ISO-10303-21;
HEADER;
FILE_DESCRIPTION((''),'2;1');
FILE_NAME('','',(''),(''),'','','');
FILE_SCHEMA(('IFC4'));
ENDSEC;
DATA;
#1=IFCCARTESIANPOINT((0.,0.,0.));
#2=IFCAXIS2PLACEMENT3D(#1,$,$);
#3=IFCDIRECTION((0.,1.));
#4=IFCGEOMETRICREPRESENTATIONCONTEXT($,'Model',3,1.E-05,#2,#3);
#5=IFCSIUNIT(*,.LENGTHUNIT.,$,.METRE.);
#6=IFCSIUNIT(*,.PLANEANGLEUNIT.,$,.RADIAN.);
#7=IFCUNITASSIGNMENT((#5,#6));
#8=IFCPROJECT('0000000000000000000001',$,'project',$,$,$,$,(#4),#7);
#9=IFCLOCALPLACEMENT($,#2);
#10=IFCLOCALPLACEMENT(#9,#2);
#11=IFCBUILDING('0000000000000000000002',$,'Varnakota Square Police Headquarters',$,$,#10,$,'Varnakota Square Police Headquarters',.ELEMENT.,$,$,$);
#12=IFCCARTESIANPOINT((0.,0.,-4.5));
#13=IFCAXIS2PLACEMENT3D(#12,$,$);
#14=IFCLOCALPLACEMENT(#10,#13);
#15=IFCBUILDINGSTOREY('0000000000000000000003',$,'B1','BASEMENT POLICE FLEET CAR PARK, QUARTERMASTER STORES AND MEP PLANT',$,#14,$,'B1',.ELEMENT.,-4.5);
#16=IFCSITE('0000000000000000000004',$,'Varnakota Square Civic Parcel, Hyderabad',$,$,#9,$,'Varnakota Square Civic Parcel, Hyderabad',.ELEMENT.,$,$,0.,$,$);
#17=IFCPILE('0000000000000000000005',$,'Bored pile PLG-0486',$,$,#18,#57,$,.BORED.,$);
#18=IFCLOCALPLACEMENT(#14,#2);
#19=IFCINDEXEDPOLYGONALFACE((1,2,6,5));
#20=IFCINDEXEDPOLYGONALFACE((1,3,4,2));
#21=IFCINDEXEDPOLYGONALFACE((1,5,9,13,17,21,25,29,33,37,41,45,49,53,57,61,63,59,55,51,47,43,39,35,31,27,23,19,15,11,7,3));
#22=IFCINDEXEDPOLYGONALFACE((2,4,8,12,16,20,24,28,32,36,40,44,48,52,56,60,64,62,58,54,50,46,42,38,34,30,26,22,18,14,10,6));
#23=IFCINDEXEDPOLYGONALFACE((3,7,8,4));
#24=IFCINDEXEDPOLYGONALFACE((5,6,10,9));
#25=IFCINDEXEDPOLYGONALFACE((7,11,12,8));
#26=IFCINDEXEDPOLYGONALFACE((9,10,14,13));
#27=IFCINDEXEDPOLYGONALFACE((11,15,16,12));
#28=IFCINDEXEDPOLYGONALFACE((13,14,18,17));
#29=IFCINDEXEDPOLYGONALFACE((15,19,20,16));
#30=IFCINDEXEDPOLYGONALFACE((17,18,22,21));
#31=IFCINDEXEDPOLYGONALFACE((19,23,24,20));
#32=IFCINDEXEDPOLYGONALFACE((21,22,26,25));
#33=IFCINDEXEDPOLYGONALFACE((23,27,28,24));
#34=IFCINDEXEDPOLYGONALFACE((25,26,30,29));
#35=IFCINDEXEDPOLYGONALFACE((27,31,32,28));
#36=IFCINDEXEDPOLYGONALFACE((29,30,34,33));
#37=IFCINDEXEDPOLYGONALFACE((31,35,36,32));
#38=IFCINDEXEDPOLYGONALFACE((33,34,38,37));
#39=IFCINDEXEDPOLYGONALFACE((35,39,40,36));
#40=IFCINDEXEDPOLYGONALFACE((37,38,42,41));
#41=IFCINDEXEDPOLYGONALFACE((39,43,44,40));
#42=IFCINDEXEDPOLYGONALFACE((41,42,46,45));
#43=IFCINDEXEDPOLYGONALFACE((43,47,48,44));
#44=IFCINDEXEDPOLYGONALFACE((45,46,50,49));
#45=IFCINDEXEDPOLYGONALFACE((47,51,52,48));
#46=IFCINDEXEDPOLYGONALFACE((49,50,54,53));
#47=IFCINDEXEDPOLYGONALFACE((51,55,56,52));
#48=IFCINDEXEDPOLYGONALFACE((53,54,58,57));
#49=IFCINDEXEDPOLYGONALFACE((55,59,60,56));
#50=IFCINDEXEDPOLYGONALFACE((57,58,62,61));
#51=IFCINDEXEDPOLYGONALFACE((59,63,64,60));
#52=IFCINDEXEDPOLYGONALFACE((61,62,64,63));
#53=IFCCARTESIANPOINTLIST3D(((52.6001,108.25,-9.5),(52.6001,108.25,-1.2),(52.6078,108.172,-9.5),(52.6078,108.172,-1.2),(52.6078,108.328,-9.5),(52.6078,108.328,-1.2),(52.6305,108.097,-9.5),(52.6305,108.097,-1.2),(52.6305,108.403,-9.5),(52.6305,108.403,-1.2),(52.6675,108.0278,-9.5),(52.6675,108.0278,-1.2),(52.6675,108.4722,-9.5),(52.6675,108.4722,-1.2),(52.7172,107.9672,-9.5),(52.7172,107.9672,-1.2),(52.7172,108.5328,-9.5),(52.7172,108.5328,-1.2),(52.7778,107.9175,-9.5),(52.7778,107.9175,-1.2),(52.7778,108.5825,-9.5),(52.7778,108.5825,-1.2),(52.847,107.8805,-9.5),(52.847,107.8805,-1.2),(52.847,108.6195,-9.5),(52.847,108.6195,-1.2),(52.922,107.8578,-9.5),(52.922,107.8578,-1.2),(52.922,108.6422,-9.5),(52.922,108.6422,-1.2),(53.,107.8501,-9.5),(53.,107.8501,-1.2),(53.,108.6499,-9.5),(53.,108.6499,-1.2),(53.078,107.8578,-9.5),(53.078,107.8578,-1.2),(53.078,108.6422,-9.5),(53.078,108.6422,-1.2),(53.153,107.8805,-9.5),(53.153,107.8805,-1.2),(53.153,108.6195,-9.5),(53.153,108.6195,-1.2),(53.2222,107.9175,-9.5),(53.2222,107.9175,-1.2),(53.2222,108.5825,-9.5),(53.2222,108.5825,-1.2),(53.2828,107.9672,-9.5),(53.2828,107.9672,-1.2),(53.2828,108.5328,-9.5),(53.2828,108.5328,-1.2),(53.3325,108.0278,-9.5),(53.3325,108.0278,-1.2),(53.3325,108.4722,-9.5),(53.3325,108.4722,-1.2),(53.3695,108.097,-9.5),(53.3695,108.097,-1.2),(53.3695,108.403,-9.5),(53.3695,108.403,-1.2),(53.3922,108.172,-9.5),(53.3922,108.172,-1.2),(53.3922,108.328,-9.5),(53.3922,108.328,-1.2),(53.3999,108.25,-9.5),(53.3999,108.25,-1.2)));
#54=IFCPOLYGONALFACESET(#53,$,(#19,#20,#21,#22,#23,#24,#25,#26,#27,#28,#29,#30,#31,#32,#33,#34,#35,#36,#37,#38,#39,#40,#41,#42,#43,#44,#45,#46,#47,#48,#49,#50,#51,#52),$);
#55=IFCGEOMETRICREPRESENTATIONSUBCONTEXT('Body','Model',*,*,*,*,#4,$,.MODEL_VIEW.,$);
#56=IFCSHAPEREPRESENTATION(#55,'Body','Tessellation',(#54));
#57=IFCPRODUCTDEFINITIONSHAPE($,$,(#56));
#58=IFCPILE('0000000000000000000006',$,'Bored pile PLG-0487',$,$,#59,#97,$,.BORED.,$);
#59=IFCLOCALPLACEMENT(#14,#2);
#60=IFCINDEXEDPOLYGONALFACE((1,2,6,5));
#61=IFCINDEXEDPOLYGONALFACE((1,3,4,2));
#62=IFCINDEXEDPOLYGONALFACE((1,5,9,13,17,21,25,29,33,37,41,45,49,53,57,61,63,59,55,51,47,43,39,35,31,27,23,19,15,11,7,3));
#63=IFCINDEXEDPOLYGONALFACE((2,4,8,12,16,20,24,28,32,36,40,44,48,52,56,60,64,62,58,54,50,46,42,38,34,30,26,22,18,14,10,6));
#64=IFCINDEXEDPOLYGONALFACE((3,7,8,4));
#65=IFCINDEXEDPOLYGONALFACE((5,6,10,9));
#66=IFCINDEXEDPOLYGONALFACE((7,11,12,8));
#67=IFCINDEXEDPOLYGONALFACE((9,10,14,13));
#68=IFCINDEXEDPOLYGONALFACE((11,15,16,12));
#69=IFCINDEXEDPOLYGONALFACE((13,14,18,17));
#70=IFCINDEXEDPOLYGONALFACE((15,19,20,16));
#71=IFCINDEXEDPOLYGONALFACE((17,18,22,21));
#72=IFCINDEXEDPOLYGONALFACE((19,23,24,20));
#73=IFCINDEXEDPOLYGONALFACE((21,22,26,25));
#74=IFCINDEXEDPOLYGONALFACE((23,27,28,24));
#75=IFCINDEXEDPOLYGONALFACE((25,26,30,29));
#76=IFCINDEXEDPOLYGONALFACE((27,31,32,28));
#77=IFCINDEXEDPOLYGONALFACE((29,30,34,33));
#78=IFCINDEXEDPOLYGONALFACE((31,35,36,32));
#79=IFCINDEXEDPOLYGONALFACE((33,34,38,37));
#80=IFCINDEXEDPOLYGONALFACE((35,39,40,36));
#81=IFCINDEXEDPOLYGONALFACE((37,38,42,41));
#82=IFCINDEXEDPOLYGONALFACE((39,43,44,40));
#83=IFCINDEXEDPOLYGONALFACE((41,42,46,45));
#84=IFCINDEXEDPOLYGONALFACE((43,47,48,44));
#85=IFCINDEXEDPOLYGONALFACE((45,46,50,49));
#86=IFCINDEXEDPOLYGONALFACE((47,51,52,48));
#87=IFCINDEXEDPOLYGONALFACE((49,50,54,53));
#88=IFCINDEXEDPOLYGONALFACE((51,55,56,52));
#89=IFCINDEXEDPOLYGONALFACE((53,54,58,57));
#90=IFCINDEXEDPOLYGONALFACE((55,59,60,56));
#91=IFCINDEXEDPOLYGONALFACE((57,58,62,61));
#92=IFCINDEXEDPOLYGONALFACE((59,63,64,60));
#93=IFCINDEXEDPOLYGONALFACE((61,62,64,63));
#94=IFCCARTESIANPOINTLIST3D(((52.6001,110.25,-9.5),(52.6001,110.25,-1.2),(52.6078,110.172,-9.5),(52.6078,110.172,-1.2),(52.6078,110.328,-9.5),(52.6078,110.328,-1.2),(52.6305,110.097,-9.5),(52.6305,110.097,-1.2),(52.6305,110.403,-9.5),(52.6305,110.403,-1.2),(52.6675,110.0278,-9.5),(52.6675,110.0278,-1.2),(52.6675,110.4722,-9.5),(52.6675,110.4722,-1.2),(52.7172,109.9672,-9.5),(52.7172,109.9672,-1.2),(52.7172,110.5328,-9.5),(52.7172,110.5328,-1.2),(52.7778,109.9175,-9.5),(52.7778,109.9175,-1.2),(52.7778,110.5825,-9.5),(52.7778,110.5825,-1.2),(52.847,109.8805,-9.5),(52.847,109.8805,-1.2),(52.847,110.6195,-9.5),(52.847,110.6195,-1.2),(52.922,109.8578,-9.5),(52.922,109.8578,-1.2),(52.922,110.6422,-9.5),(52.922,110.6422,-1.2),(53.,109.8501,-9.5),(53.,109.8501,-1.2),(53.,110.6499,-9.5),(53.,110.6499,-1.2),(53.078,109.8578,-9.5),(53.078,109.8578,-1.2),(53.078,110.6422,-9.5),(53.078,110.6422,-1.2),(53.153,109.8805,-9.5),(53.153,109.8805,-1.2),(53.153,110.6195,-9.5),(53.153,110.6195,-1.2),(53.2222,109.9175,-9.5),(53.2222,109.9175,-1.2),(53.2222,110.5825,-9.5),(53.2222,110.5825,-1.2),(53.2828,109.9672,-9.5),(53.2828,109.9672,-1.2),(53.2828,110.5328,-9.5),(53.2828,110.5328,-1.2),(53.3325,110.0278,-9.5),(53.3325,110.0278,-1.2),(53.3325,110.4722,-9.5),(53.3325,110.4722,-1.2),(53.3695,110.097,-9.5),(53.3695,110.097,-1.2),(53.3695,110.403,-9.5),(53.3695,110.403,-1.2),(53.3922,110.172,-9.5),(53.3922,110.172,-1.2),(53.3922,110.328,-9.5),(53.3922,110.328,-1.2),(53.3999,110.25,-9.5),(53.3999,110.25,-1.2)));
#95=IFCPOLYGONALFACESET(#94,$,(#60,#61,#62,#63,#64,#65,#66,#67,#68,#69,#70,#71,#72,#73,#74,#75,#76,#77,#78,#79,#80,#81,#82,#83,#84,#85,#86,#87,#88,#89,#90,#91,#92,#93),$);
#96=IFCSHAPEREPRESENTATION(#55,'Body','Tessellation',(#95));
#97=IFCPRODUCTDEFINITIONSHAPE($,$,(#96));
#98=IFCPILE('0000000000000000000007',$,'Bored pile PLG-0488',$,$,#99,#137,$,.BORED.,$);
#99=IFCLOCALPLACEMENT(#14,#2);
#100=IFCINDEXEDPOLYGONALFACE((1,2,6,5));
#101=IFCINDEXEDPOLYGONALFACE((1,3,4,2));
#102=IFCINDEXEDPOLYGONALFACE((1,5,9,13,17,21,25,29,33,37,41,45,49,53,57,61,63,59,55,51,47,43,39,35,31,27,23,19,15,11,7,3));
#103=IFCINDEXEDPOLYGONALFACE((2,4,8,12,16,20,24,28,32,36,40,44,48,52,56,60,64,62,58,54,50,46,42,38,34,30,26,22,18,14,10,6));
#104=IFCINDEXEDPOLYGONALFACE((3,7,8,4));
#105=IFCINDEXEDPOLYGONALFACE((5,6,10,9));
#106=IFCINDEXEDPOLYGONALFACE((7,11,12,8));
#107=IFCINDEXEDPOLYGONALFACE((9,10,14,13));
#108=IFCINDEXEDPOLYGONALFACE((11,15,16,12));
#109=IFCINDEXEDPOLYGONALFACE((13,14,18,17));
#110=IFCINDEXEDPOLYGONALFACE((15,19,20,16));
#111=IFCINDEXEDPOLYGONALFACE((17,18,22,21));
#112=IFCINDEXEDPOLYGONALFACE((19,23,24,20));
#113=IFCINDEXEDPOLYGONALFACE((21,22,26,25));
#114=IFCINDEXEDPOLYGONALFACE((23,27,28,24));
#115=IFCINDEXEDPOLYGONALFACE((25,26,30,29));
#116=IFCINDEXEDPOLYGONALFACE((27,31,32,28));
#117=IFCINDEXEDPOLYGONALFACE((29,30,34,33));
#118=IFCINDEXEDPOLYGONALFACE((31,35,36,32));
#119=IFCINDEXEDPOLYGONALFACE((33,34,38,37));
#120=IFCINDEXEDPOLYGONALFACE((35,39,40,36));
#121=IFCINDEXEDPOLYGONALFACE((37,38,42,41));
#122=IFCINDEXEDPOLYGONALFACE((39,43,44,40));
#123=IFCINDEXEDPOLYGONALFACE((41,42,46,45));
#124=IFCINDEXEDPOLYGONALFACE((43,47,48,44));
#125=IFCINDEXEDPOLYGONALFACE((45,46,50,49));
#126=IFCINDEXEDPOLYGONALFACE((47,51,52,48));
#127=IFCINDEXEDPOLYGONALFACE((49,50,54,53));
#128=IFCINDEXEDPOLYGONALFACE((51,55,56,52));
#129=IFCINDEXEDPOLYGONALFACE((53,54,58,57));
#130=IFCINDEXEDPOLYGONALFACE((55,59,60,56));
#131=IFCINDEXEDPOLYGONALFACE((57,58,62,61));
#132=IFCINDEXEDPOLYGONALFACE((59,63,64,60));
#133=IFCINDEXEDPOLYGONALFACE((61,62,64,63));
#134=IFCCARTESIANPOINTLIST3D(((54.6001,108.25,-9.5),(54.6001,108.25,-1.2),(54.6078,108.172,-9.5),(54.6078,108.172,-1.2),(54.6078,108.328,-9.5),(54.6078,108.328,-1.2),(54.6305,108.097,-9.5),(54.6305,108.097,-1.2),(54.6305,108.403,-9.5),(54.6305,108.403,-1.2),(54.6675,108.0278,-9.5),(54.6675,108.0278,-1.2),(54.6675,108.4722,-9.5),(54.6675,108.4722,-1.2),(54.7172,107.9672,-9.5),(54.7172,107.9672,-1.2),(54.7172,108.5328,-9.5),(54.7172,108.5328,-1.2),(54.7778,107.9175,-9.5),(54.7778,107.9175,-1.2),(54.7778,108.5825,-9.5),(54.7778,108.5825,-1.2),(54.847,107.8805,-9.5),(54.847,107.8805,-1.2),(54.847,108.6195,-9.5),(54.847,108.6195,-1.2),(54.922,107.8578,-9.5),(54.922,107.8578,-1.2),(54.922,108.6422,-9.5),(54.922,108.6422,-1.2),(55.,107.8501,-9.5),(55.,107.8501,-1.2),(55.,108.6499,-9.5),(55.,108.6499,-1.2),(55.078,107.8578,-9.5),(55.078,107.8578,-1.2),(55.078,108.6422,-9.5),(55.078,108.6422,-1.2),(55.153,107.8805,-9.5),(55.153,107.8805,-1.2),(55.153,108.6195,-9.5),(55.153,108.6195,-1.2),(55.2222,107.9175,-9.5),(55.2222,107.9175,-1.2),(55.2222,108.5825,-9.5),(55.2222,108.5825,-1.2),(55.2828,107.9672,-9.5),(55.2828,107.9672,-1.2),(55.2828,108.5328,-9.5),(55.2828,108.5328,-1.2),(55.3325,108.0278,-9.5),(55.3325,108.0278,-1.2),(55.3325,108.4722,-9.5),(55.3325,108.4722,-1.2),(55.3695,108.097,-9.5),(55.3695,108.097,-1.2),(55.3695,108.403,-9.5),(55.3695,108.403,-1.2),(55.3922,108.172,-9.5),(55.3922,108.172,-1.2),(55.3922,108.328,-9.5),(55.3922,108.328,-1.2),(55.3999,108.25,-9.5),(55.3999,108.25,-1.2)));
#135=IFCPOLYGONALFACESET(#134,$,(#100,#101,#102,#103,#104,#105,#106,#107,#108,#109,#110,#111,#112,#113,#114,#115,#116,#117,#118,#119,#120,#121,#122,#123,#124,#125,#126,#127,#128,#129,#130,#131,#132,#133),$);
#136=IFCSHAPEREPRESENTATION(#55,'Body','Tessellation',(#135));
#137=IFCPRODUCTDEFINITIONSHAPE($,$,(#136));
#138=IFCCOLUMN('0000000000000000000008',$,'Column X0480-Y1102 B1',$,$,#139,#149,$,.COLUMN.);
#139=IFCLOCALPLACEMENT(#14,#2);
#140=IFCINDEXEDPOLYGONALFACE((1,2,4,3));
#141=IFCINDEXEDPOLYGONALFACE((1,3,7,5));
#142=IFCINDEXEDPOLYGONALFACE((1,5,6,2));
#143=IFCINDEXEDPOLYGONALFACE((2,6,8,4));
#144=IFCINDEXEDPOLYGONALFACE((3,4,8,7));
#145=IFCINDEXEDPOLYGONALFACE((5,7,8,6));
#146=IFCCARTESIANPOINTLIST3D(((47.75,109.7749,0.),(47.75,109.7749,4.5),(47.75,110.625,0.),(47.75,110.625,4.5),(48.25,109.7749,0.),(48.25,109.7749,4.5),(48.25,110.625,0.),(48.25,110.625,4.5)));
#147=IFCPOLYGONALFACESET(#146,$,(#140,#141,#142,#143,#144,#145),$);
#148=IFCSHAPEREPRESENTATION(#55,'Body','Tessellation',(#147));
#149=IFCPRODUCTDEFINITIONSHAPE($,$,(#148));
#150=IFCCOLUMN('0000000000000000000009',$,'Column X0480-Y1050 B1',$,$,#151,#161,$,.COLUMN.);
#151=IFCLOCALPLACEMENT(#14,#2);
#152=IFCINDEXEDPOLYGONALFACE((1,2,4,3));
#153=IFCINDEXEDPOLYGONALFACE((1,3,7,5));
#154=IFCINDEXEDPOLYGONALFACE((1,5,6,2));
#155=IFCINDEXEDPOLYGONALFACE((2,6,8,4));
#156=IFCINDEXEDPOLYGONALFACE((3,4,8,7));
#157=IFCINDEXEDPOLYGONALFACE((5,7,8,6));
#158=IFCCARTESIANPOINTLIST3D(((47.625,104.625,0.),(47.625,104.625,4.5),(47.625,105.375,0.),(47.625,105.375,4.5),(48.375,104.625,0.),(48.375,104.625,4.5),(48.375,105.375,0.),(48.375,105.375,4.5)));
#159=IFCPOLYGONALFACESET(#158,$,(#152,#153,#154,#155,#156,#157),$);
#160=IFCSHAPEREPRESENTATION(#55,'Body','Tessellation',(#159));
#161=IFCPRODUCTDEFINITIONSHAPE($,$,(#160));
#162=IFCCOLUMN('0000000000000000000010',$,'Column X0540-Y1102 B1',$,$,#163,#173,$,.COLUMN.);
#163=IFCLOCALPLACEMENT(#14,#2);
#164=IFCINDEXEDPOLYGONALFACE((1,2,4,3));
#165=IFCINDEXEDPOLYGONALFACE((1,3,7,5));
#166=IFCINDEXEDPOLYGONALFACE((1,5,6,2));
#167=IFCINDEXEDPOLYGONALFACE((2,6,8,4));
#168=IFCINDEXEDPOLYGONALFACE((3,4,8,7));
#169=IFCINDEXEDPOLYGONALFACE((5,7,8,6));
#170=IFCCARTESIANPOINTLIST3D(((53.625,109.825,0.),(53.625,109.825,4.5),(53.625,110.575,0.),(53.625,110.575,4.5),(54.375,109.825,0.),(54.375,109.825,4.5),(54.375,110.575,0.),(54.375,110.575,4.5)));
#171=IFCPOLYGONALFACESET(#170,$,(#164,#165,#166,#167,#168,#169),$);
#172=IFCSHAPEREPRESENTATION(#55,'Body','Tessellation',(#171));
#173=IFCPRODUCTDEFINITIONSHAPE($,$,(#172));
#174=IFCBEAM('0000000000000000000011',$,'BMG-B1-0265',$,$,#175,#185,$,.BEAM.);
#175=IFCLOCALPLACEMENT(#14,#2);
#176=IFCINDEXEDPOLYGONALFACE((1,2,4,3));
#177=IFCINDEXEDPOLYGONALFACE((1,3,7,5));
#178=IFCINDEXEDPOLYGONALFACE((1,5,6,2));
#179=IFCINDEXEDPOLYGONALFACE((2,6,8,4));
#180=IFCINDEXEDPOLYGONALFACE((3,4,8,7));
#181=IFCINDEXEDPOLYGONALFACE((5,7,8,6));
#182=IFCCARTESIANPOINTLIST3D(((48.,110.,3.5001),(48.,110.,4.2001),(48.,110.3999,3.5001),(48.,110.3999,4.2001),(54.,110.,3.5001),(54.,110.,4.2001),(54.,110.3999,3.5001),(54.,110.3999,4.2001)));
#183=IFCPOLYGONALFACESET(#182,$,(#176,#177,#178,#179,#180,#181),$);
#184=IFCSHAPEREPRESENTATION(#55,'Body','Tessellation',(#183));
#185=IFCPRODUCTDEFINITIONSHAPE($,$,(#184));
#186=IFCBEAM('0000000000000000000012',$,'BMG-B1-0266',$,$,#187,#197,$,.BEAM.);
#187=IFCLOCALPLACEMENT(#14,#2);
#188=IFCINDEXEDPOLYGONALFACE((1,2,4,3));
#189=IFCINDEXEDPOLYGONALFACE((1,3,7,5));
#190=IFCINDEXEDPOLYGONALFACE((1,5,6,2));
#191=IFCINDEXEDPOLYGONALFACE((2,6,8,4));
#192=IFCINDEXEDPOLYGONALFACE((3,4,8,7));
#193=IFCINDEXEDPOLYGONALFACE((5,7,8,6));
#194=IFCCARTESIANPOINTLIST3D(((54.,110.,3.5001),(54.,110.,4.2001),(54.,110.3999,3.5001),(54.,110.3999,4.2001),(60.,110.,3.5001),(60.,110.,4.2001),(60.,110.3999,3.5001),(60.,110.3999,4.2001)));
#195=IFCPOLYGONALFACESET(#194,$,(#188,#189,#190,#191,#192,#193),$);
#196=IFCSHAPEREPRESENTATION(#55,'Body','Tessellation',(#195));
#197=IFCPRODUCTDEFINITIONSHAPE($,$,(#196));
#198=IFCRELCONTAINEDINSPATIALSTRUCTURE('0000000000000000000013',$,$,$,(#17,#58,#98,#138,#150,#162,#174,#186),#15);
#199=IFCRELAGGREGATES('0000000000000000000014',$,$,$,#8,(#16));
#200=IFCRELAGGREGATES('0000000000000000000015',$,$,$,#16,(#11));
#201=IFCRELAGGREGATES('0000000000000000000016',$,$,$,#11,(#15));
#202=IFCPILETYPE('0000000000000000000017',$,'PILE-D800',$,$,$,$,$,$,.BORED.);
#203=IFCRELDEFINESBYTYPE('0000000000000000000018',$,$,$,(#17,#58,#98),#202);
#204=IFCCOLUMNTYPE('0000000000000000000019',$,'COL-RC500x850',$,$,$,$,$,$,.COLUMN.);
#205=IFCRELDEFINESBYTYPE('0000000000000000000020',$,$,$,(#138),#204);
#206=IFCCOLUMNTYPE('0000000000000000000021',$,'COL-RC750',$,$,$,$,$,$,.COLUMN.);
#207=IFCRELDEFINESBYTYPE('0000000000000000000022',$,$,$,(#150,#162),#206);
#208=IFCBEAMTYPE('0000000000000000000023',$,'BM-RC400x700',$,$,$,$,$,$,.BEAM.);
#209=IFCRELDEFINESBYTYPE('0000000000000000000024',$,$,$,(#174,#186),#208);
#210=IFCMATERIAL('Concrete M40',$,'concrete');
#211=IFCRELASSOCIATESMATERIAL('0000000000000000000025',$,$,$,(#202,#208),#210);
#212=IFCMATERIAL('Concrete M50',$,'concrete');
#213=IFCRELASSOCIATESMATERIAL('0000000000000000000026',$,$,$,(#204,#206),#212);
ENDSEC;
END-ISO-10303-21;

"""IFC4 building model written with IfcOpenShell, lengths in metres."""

from ifc_helpers import new_model, si_unit, direction, frame, origin, origin_2d, place, context, subcontext, project, spatial, rectangle, circle, extrude, material, material_profile, profile_set, type_object, element, save


model = new_model("IFC4")

# Units and contexts
model_context = context("Model", 3, precision=1e-05, world=origin(), true_north=direction((0.0, 1.0)))
body_context = subcontext(model_context, "Body", "Model", "MODEL_VIEW")
ifc_project = project(units=[si_unit("LENGTHUNIT", "METRE"), si_unit("PLANEANGLEUNIT", "RADIAN")], contexts=[model_context])

# Site, building, storey
site_placement = place(None, origin())
site = spatial("IfcSite", under=ifc_project, at=site_placement, Name="Varnakota Square Civic Parcel, Hyderabad", LongName="Varnakota Square Civic Parcel, Hyderabad", CompositionType="ELEMENT", RefElevation=0.0)
building_placement = place(site_placement, origin())
building = spatial("IfcBuilding", under=site, at=building_placement, Name="Varnakota Square Police Headquarters", LongName="Varnakota Square Police Headquarters", CompositionType="ELEMENT")
storey_placement = place(building_placement, frame((0.0, 0.0, -4.5)))
storey = spatial("IfcBuildingStorey", under=building, at=storey_placement, Name="B1", Description="BASEMENT POLICE FLEET CAR PARK, QUARTERMASTER STORES AND MEP PLANT", LongName="B1", CompositionType="ELEMENT", Elevation=-4.5)

# Shared definitions
ifc_material_1 = material(Name="Concrete M40", Category="concrete")

# Piles
ifc_material_profile_1 = material_profile(ifc_material_1, circle(Radius=0.3999, at=origin_2d()), Name="BORED PILE 800")
ifc_profile_set_1 = profile_set([ifc_material_profile_1], Name="Concrete M40")
pile_type = type_object("IfcPileType", Name="PILE-D800", PredefinedType="BORED", material=ifc_profile_set_1)
for number, where, z_axis, x_axis, name in (
    (1, (53.0, 108.25, -1.2), (0.0, 0.0, -1.0), (1.0, 0.0, 0.0), "Bored pile PLG-0486"),
    (2, (53.0, 110.25, -1.2), (0.0, 0.0, -1.0), (1.0, 0.0, 0.0), "Bored pile PLG-0487"),
    (3, (55.0, 108.25, -1.2), (0.0, 0.0, -1.0), (1.0, 0.0, 0.0), "Bored pile PLG-0488"),
):
    element("IfcPile", number, at=place(storey_placement, frame(where, z_axis=z_axis, x_axis=x_axis)), inside=storey, type_object=pile_type, Name=name, PredefinedType="BORED", context=body_context, shape_type="SweptSolid", body=[
        extrude(circle(Radius=0.3999, at=origin_2d()), origin(), (0.0, 0.0, 1.0), 8.3),
    ])

# Columns
ifc_material_2 = material(Name="Concrete M50", Category="concrete")
ifc_material_profile_2 = material_profile(ifc_material_2, rectangle(XDim=0.5, YDim=0.8501, at=origin_2d()), Name="RC 500x850")
ifc_profile_set_2 = profile_set([ifc_material_profile_2], Name="Concrete M50")
column_type_1 = type_object("IfcColumnType", Name="COL-RC500x850", PredefinedType="COLUMN", material=ifc_profile_set_2)
column_placement = place(storey_placement, frame((48.0, 110.2, 0.0), z_axis=(0.0, 0.0, 1.0), x_axis=(1.0, 0.0, 0.0)))
element("IfcColumn", 4, at=column_placement, inside=storey, type_object=column_type_1, Name="Column X0480-Y1102 B1", PredefinedType="COLUMN", context=body_context, shape_type="SweptSolid", body=[
    extrude(rectangle(XDim=0.5, YDim=0.8501, at=origin_2d()), origin(), (0.0, 0.0, 1.0), 4.5),
])
ifc_material_profile_3 = material_profile(ifc_material_2, rectangle(XDim=0.75, YDim=0.75, at=origin_2d()), Name="RC 750x750")
ifc_profile_set_3 = profile_set([ifc_material_profile_3], Name="Concrete M50")
column_type_2 = type_object("IfcColumnType", Name="COL-RC750", PredefinedType="COLUMN", material=ifc_profile_set_3)
for number, where, z_axis, x_axis, name in (
    (5, (48.0, 105.0, 0.0), (0.0, 0.0, 1.0), (1.0, 0.0, 0.0), "Column X0480-Y1050 B1"),
    (6, (54.0, 110.2, 0.0), (0.0, 0.0, 1.0), (1.0, 0.0, 0.0), "Column X0540-Y1102 B1"),
):
    element("IfcColumn", number, at=place(storey_placement, frame(where, z_axis=z_axis, x_axis=x_axis)), inside=storey, type_object=column_type_2, Name=name, PredefinedType="COLUMN", context=body_context, shape_type="SweptSolid", body=[
        extrude(rectangle(XDim=0.75, YDim=0.75, at=origin_2d()), origin(), (0.0, 0.0, 1.0), 4.5),
    ])

# Beams
ifc_material_profile_4 = material_profile(ifc_material_1, rectangle(XDim=0.3999, YDim=0.7, at=origin_2d()), Name="RC 400x700")
ifc_profile_set_4 = profile_set([ifc_material_profile_4], Name="Concrete M40")
beam_type_1 = type_object("IfcBeamType", Name="BM-RC400x700", PredefinedType="BEAM", material=ifc_profile_set_4)
for number, where, z_axis, x_axis, name in (
    (7, (48.0, 110.2, 3.8501), (1.0, 0.0, 0.0), (0.0, 1.0, 0.0), "BMG-B1-0265"),
    (8, (54.0, 110.2, 3.8501), (1.0, 0.0, 0.0), (0.0, 1.0, 0.0), "BMG-B1-0266"),
):
    element("IfcBeam", number, at=place(storey_placement, frame(where, z_axis=z_axis, x_axis=x_axis)), inside=storey, type_object=beam_type_1, Name=name, PredefinedType="BEAM", context=body_context, shape_type="SweptSolid", body=[
        extrude(rectangle(XDim=0.3999, YDim=0.7, at=origin_2d()), origin(), (0.0, 0.0, 1.0), 6.0),
    ])

save(model, "model.ifc")
